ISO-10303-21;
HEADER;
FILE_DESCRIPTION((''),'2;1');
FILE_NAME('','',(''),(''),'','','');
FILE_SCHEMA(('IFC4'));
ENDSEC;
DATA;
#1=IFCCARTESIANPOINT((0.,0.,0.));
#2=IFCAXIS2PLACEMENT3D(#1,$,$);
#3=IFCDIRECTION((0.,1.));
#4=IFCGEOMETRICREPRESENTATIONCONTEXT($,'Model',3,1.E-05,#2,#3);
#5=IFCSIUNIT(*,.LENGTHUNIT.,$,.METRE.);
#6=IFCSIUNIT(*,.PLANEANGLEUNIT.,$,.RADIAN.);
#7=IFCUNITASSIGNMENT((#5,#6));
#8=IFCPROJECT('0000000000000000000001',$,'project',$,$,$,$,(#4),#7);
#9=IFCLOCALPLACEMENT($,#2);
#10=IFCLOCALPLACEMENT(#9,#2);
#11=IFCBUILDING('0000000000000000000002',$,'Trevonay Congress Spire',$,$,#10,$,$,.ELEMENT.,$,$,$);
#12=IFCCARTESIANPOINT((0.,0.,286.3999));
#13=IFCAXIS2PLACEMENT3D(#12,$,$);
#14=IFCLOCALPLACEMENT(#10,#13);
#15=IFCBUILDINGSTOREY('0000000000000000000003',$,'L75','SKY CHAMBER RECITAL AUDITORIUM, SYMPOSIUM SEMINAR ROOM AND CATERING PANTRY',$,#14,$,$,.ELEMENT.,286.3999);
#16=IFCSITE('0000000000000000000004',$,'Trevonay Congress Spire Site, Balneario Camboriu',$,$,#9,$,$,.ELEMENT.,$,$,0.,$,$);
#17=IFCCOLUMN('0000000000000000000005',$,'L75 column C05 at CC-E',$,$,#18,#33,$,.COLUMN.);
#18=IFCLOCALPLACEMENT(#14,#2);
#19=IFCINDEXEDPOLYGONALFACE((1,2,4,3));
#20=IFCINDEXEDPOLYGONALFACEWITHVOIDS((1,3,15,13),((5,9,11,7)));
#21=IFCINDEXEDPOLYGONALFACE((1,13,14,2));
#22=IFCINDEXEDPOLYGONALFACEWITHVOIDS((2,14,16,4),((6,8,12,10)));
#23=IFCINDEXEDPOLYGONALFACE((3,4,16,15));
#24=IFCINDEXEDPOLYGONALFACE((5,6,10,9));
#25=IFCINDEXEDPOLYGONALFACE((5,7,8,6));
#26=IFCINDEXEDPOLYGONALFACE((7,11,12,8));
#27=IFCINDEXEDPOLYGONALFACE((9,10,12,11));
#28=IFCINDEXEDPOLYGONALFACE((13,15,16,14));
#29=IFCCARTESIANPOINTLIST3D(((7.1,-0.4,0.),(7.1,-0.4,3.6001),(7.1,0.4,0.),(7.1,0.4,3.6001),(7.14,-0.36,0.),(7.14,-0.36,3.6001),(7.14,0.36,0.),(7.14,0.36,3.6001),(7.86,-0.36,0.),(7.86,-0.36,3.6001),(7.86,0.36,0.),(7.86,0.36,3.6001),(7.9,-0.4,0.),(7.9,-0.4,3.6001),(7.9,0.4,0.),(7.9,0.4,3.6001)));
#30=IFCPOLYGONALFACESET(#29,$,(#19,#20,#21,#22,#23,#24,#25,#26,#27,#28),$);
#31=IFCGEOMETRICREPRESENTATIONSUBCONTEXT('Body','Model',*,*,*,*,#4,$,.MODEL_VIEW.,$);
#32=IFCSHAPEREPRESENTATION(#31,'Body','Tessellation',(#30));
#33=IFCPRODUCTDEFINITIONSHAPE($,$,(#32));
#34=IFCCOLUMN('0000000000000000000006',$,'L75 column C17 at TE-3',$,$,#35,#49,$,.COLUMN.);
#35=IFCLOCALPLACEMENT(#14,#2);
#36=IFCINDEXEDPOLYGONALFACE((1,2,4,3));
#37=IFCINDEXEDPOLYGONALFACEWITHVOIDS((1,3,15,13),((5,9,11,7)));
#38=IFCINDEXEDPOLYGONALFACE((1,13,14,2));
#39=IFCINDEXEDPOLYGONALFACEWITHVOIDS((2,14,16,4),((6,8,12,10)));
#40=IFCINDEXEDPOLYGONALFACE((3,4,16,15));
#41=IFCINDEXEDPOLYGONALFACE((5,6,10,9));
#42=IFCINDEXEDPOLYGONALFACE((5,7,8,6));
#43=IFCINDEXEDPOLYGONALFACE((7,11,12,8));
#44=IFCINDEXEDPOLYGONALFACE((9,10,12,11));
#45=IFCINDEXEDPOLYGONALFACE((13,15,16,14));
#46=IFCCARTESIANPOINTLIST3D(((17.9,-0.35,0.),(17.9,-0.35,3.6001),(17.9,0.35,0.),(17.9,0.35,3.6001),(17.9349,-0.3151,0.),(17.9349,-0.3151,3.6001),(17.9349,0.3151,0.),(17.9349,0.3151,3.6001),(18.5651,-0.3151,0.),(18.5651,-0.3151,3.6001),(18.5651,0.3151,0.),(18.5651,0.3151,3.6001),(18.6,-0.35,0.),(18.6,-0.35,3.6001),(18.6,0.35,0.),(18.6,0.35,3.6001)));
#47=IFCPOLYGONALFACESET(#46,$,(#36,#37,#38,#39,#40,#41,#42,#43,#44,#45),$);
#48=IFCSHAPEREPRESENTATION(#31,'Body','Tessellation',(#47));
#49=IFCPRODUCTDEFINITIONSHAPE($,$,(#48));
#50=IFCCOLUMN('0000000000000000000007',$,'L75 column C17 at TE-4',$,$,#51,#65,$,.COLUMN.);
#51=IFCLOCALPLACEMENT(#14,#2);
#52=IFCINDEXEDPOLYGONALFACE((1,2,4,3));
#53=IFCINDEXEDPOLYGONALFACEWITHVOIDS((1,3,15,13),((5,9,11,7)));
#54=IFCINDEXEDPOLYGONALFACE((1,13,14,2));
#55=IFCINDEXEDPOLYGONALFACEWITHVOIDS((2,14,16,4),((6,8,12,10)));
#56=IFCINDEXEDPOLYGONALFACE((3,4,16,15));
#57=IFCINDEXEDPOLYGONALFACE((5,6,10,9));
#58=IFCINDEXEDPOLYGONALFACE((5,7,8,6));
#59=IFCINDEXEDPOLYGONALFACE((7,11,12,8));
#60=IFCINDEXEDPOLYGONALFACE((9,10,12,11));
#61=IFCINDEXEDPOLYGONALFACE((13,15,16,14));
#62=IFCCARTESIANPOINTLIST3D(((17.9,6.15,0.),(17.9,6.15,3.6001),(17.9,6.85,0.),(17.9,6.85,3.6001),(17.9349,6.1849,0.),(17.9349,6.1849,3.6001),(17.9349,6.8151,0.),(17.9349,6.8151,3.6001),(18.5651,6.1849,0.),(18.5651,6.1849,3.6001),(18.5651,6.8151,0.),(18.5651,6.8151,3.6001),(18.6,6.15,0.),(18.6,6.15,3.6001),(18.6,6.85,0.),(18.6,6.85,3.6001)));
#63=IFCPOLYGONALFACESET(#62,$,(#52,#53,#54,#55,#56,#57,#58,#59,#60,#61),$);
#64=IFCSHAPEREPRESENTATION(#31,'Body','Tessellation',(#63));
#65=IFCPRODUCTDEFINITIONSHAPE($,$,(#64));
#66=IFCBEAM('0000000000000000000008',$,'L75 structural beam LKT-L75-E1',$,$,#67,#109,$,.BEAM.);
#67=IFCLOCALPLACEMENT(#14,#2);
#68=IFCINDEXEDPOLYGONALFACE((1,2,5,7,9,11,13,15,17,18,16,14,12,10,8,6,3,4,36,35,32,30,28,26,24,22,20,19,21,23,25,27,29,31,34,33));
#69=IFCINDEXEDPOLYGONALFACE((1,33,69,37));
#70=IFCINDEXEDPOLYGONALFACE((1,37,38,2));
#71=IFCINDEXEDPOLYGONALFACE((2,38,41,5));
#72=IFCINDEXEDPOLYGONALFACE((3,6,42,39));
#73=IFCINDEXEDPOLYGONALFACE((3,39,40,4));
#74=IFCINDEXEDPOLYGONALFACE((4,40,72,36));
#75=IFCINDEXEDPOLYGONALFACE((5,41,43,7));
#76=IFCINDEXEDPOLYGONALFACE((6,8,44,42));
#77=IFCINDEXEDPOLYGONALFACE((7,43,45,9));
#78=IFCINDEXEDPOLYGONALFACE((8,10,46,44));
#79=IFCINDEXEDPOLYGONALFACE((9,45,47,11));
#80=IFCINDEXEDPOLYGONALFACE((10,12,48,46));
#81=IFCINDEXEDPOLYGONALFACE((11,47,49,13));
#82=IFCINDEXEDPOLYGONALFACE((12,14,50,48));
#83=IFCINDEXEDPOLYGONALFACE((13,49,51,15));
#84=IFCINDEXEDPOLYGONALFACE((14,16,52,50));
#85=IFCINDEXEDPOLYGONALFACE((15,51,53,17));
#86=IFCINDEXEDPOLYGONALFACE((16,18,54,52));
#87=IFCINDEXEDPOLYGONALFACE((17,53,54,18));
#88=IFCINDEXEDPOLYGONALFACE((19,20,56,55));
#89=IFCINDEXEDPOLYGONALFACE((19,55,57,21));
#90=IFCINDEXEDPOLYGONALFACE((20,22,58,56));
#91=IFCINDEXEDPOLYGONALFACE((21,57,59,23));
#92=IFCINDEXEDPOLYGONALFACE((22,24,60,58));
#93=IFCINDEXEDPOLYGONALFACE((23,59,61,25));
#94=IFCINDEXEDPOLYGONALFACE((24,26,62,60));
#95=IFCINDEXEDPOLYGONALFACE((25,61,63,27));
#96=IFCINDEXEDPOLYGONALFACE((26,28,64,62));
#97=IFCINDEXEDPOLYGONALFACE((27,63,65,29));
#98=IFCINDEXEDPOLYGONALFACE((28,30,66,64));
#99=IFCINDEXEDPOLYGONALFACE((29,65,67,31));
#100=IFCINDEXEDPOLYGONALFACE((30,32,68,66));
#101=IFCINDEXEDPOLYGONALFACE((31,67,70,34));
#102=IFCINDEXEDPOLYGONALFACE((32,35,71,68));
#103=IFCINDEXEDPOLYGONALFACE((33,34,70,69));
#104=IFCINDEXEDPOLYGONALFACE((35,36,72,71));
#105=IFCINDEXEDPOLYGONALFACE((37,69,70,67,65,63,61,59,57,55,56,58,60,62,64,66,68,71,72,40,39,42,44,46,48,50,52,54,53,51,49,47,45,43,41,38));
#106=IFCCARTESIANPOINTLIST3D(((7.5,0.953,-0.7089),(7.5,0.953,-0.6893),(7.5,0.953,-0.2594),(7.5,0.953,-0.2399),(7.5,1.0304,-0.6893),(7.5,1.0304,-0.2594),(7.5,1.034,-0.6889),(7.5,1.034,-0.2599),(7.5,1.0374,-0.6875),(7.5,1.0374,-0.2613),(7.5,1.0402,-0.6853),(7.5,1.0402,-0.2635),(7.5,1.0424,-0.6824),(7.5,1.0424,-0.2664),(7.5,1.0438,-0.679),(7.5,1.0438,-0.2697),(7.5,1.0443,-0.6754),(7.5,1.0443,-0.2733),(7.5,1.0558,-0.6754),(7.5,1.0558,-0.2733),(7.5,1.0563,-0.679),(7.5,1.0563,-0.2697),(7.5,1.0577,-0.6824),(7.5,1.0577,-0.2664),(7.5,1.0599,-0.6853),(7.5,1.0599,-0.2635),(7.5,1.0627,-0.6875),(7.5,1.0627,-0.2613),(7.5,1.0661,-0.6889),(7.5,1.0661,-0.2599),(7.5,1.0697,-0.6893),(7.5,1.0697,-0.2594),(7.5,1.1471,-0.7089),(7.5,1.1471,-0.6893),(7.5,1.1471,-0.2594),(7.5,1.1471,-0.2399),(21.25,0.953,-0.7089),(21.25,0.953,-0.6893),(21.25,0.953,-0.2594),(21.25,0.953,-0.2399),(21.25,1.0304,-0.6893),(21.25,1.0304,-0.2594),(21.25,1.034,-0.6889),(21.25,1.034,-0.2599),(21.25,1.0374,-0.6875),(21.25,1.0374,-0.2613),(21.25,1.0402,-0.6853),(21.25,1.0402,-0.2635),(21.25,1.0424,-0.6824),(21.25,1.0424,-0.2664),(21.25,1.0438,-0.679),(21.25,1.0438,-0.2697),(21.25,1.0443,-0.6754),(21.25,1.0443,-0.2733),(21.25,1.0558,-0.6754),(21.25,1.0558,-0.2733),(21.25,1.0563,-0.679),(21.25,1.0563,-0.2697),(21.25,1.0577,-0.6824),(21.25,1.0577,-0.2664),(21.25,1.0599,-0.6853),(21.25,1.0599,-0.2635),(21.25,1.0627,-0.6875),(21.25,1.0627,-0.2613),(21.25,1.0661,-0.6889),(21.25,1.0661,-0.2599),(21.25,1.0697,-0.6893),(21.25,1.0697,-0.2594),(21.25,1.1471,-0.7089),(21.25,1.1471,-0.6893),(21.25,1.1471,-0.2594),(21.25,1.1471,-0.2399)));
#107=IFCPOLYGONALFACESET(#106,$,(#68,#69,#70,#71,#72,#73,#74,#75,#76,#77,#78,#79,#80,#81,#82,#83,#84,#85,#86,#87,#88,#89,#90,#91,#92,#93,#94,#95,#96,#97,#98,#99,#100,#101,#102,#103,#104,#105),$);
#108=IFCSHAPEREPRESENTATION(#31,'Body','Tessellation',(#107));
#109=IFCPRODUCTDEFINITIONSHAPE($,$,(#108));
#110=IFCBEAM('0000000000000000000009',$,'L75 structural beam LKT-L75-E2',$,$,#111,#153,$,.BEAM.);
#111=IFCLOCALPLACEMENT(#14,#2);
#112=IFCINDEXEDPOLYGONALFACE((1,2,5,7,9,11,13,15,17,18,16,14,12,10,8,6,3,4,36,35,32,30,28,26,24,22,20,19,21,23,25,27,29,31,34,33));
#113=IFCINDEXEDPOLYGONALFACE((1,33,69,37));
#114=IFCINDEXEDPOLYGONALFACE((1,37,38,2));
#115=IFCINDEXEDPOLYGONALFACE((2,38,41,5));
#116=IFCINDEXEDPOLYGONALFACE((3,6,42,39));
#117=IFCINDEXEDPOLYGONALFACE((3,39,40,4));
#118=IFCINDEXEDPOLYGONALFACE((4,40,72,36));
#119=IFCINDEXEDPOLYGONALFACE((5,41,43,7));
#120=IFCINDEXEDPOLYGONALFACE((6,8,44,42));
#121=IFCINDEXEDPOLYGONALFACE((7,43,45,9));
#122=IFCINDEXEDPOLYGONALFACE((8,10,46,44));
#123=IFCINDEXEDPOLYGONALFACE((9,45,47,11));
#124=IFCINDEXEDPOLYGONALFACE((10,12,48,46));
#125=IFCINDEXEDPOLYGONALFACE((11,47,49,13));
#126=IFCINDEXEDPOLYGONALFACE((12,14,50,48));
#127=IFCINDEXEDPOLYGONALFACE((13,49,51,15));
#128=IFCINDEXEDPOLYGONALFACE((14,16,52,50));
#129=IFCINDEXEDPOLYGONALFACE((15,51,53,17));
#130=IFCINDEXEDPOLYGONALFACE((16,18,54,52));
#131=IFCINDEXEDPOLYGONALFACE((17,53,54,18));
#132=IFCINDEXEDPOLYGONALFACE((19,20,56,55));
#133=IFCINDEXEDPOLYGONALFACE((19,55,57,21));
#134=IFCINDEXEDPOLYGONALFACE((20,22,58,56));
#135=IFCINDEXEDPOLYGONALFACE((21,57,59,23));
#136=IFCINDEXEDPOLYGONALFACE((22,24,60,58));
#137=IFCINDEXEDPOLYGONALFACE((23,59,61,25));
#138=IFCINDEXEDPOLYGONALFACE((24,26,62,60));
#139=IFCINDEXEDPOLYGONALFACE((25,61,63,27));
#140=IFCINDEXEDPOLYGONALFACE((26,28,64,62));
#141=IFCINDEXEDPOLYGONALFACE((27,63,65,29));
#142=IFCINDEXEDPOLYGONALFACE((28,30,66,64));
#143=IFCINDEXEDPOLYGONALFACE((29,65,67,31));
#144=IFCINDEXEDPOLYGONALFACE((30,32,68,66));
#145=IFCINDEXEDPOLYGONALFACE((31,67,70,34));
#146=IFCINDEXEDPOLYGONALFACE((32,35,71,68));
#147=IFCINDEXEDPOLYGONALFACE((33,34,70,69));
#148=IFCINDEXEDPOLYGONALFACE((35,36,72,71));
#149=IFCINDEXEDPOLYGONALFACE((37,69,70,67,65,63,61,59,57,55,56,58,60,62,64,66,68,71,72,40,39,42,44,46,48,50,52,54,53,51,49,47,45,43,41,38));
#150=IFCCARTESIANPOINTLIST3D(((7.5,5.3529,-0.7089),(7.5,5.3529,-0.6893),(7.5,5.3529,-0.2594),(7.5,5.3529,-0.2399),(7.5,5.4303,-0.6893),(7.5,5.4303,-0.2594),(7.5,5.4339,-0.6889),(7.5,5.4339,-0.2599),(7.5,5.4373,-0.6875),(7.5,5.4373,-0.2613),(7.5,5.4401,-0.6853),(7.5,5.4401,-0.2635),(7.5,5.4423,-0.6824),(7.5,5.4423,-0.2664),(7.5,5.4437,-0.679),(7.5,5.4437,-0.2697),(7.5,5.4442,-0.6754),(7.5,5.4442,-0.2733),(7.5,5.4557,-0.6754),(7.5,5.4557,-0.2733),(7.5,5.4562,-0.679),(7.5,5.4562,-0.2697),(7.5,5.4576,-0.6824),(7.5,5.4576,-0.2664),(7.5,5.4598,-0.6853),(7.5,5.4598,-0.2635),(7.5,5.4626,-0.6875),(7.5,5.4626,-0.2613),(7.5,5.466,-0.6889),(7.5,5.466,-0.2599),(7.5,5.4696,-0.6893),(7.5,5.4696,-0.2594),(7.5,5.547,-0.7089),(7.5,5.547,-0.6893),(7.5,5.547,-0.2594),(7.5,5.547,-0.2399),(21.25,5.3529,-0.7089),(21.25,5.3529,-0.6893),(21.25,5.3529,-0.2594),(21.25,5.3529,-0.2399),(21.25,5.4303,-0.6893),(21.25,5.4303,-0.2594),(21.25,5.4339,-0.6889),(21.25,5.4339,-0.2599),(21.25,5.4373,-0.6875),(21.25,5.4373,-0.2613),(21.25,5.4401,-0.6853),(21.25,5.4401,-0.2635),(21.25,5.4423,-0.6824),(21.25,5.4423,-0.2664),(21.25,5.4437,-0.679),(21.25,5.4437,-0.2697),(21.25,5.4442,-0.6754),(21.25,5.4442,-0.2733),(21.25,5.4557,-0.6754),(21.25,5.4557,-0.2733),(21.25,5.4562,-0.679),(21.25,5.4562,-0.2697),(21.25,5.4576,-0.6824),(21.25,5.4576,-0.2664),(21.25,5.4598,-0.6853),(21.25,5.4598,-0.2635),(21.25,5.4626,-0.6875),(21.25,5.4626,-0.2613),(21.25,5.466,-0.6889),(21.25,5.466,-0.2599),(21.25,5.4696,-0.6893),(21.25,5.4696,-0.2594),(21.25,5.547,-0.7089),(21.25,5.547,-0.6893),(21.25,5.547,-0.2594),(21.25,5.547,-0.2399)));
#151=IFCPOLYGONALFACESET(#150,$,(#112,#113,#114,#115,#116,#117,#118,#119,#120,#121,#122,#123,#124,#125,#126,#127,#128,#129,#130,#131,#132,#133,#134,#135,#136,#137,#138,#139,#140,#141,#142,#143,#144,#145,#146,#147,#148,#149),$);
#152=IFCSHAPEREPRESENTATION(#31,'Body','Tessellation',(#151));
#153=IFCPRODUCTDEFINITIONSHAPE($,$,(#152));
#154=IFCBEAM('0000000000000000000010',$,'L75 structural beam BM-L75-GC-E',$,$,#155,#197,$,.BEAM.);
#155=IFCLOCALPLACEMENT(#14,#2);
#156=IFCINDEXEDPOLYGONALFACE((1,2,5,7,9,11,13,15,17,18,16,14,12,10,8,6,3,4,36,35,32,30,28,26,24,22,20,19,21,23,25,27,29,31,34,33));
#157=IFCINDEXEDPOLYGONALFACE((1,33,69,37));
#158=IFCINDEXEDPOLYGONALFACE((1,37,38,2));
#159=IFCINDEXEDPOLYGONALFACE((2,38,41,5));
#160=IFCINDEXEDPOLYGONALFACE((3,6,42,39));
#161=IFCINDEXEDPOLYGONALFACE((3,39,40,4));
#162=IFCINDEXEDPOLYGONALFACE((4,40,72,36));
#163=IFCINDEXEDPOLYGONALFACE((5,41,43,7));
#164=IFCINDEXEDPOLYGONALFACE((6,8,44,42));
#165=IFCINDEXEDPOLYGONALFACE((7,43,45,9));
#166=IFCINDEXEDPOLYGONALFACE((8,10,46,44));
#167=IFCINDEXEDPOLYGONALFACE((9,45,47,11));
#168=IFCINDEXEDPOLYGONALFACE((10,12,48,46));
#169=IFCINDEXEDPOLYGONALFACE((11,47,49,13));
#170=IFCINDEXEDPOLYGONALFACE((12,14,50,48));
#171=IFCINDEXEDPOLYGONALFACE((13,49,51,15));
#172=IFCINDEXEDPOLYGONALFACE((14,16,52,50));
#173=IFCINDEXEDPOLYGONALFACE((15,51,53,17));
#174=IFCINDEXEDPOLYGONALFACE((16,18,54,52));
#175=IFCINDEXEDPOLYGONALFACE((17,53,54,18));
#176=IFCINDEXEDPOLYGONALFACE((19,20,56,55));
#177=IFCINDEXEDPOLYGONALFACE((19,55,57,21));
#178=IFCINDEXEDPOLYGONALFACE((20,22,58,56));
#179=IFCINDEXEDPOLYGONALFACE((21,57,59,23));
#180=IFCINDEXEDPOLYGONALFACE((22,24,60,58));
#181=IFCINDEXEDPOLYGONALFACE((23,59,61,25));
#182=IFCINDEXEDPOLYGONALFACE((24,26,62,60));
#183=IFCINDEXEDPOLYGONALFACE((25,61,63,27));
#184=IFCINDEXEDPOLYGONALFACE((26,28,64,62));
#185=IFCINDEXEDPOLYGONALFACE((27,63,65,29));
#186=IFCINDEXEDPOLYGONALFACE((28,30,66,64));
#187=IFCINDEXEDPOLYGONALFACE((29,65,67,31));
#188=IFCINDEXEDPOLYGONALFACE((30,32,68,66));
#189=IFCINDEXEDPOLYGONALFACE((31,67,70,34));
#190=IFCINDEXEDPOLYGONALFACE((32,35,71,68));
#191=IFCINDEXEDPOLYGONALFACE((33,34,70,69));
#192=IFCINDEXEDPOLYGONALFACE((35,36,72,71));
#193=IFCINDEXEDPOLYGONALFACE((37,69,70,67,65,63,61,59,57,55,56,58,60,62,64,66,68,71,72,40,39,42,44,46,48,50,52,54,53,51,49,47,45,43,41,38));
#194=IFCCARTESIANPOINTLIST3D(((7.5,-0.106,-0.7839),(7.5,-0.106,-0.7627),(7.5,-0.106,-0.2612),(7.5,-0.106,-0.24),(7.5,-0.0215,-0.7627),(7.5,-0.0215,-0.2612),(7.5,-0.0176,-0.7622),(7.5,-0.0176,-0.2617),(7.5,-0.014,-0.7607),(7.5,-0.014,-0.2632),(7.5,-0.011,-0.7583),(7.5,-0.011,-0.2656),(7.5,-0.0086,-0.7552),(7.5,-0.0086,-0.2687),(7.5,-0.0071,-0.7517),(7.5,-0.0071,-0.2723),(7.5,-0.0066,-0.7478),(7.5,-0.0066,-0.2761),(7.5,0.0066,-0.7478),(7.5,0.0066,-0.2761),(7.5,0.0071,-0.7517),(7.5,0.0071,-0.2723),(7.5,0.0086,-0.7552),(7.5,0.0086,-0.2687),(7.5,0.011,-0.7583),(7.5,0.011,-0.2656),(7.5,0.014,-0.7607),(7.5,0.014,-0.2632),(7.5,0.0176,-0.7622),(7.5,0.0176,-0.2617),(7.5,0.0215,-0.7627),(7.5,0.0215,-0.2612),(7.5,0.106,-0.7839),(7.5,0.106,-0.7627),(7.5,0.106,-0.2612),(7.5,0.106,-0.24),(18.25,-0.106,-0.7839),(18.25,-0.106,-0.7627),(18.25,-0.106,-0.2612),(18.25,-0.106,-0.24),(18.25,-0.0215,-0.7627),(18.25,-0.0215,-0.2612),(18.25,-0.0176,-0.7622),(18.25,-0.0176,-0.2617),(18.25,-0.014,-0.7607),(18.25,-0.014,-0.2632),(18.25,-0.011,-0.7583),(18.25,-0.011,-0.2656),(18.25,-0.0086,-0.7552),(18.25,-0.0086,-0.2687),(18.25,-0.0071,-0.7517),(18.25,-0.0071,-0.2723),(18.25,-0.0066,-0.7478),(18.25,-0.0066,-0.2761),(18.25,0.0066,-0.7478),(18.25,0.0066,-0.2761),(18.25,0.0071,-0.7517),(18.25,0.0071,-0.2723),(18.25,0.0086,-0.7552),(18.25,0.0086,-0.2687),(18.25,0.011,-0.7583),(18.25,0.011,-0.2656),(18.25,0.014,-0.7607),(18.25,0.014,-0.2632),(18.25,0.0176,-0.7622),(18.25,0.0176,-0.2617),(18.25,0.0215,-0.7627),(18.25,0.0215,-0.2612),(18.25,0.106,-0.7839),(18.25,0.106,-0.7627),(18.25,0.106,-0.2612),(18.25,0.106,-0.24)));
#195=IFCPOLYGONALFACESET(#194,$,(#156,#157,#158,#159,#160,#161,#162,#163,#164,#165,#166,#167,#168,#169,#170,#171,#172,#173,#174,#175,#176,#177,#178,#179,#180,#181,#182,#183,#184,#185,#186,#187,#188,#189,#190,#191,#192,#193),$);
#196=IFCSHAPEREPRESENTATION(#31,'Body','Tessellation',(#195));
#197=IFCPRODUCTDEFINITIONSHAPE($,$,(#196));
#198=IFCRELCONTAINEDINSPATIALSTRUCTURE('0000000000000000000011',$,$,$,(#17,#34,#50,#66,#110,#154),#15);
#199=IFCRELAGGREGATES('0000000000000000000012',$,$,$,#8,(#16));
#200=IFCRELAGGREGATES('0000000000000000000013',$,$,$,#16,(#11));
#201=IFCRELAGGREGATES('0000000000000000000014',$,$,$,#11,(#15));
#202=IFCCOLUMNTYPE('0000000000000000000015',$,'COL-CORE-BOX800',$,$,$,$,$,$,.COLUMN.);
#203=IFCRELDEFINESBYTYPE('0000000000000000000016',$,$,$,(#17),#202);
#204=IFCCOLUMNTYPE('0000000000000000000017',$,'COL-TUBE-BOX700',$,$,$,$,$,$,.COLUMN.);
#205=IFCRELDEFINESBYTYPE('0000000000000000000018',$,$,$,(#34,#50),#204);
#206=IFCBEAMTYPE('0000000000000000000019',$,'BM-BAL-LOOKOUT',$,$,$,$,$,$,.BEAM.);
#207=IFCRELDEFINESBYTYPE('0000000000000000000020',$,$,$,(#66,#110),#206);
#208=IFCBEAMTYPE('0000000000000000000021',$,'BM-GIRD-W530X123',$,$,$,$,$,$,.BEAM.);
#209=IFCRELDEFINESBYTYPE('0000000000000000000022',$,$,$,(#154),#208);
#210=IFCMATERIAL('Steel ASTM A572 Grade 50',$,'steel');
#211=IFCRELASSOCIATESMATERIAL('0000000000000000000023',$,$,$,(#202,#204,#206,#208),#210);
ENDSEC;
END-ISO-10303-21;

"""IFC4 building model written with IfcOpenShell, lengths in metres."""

from ifc_helpers import new_model, si_unit, direction, frame, origin, origin_2d, place, context, subcontext, project, spatial, hollow_rectangle, i_section, extrude, material, material_profile, profile_set, type_object, element, save


model = new_model("IFC4")

# Units and contexts
model_context = context("Model", 3, precision=1e-05, world=origin(), true_north=direction((0.0, 1.0)))
body_context = subcontext(model_context, "Body", "Model", "MODEL_VIEW")
ifc_project = project(units=[si_unit("LENGTHUNIT", "METRE"), si_unit("PLANEANGLEUNIT", "RADIAN")], contexts=[model_context])

# Site, building, storey
site_placement = place(None, origin())
site = spatial("IfcSite", under=ifc_project, at=site_placement, Name="Trevonay Congress Spire Site, Balneario Camboriu", CompositionType="ELEMENT", RefElevation=0.0)
building_placement = place(site_placement, origin())
building = spatial("IfcBuilding", under=site, at=building_placement, Name="Trevonay Congress Spire", CompositionType="ELEMENT")
storey_placement = place(building_placement, frame((0.0, 0.0, 286.3999)))
storey = spatial("IfcBuildingStorey", under=building, at=storey_placement, Name="L75", Description="SKY CHAMBER RECITAL AUDITORIUM, SYMPOSIUM SEMINAR ROOM AND CATERING PANTRY", CompositionType="ELEMENT", Elevation=286.3999)

# Columns
ifc_material_1 = material(Name="Steel ASTM A572 Grade 50", Category="steel")
ifc_material_profile_1 = material_profile(ifc_material_1, hollow_rectangle(XDim=0.8, YDim=0.8, WallThickness=0.04, at=origin_2d()), Name="BOX 800x800x40")
ifc_profile_set_1 = profile_set([ifc_material_profile_1], Name="Steel ASTM A572 Grade 50")
column_type_1 = type_object("IfcColumnType", Name="COL-CORE-BOX800", PredefinedType="COLUMN", material=ifc_profile_set_1)
column_placement = place(storey_placement, frame((7.5, 0.0, 0.0), z_axis=(0.0, 0.0, 1.0), x_axis=(1.0, 0.0, 0.0)))
element("IfcColumn", 1, at=column_placement, inside=storey, type_object=column_type_1, Name="L75 column C05 at CC-E", PredefinedType="COLUMN", context=body_context, shape_type="SweptSolid", body=[
    extrude(hollow_rectangle(XDim=0.8, YDim=0.8, WallThickness=0.04, at=origin_2d()), origin(), (0.0, 0.0, 1.0), 3.6001),
])
ifc_material_profile_2 = material_profile(ifc_material_1, hollow_rectangle(XDim=0.7, YDim=0.7, WallThickness=0.0349, at=origin_2d()), Name="BOX 700x700x35")
ifc_profile_set_2 = profile_set([ifc_material_profile_2], Name="Steel ASTM A572 Grade 50")
column_type_2 = type_object("IfcColumnType", Name="COL-TUBE-BOX700", PredefinedType="COLUMN", material=ifc_profile_set_2)
for number, where, z_axis, x_axis, name in (
    (2, (18.25, 0.0, 0.0), (0.0, 0.0, 1.0), (1.0, 0.0, 0.0), "L75 column C17 at TE-3"),
    (3, (18.25, 6.5, 0.0), (0.0, 0.0, 1.0), (1.0, 0.0, 0.0), "L75 column C17 at TE-4"),
):
    element("IfcColumn", number, at=place(storey_placement, frame(where, z_axis=z_axis, x_axis=x_axis)), inside=storey, type_object=column_type_2, Name=name, PredefinedType="COLUMN", context=body_context, shape_type="SweptSolid", body=[
        extrude(hollow_rectangle(XDim=0.7, YDim=0.7, WallThickness=0.0349, at=origin_2d()), origin(), (0.0, 0.0, 1.0), 3.6001),
    ])

# Beams
ifc_material_profile_3 = material_profile(ifc_material_1, i_section(OverallWidth=0.1941, OverallDepth=0.469, WebThickness=0.0115, FlangeThickness=0.0195, FilletRadius=0.0139, at=origin_2d()), Name="W460x106")
ifc_profile_set_3 = profile_set([ifc_material_profile_3], Name="Steel ASTM A572 Grade 50")
beam_type_1 = type_object("IfcBeamType", Name="BM-BAL-LOOKOUT", PredefinedType="BEAM", material=ifc_profile_set_3)
for number, where, z_axis, x_axis, name in (
    (4, (7.5, 1.05, -0.4744), (1.0, 0.0, 0.0), (0.0, 1.0, 0.0), "L75 structural beam LKT-L75-E1"),
    (5, (7.5, 5.45, -0.4744), (1.0, 0.0, 0.0), (0.0, 1.0, 0.0), "L75 structural beam LKT-L75-E2"),
):
    element("IfcBeam", number, at=place(storey_placement, frame(where, z_axis=z_axis, x_axis=x_axis)), inside=storey, type_object=beam_type_1, Name=name, PredefinedType="BEAM", context=body_context, shape_type="SweptSolid", body=[
        extrude(i_section(OverallWidth=0.1941, OverallDepth=0.469, WebThickness=0.0115, FlangeThickness=0.0195, FilletRadius=0.0139, at=origin_2d()), origin(), (0.0, 0.0, 1.0), 13.75),
    ])
ifc_material_profile_4 = material_profile(ifc_material_1, i_section(OverallWidth=0.2119, OverallDepth=0.5439, WebThickness=0.0132, FlangeThickness=0.0212, FilletRadius=0.0149, at=origin_2d()), Name="W530x123")
ifc_profile_set_4 = profile_set([ifc_material_profile_4], Name="Steel ASTM A572 Grade 50")
beam_type_2 = type_object("IfcBeamType", Name="BM-GIRD-W530X123", PredefinedType="BEAM", material=ifc_profile_set_4)
beam_1_placement = place(storey_placement, frame((7.5, 0.0, -0.512), z_axis=(1.0, 0.0, 0.0), x_axis=(0.0, 1.0, 0.0)))
element("IfcBeam", 6, at=beam_1_placement, inside=storey, type_object=beam_type_2, Name="L75 structural beam BM-L75-GC-E", PredefinedType="BEAM", context=body_context, shape_type="SweptSolid", body=[
    extrude(i_section(OverallWidth=0.2119, OverallDepth=0.5439, WebThickness=0.0132, FlangeThickness=0.0212, FilletRadius=0.0149, at=origin_2d()), origin(), (0.0, 0.0, 1.0), 10.75),
])

save(model, "model.ifc")
